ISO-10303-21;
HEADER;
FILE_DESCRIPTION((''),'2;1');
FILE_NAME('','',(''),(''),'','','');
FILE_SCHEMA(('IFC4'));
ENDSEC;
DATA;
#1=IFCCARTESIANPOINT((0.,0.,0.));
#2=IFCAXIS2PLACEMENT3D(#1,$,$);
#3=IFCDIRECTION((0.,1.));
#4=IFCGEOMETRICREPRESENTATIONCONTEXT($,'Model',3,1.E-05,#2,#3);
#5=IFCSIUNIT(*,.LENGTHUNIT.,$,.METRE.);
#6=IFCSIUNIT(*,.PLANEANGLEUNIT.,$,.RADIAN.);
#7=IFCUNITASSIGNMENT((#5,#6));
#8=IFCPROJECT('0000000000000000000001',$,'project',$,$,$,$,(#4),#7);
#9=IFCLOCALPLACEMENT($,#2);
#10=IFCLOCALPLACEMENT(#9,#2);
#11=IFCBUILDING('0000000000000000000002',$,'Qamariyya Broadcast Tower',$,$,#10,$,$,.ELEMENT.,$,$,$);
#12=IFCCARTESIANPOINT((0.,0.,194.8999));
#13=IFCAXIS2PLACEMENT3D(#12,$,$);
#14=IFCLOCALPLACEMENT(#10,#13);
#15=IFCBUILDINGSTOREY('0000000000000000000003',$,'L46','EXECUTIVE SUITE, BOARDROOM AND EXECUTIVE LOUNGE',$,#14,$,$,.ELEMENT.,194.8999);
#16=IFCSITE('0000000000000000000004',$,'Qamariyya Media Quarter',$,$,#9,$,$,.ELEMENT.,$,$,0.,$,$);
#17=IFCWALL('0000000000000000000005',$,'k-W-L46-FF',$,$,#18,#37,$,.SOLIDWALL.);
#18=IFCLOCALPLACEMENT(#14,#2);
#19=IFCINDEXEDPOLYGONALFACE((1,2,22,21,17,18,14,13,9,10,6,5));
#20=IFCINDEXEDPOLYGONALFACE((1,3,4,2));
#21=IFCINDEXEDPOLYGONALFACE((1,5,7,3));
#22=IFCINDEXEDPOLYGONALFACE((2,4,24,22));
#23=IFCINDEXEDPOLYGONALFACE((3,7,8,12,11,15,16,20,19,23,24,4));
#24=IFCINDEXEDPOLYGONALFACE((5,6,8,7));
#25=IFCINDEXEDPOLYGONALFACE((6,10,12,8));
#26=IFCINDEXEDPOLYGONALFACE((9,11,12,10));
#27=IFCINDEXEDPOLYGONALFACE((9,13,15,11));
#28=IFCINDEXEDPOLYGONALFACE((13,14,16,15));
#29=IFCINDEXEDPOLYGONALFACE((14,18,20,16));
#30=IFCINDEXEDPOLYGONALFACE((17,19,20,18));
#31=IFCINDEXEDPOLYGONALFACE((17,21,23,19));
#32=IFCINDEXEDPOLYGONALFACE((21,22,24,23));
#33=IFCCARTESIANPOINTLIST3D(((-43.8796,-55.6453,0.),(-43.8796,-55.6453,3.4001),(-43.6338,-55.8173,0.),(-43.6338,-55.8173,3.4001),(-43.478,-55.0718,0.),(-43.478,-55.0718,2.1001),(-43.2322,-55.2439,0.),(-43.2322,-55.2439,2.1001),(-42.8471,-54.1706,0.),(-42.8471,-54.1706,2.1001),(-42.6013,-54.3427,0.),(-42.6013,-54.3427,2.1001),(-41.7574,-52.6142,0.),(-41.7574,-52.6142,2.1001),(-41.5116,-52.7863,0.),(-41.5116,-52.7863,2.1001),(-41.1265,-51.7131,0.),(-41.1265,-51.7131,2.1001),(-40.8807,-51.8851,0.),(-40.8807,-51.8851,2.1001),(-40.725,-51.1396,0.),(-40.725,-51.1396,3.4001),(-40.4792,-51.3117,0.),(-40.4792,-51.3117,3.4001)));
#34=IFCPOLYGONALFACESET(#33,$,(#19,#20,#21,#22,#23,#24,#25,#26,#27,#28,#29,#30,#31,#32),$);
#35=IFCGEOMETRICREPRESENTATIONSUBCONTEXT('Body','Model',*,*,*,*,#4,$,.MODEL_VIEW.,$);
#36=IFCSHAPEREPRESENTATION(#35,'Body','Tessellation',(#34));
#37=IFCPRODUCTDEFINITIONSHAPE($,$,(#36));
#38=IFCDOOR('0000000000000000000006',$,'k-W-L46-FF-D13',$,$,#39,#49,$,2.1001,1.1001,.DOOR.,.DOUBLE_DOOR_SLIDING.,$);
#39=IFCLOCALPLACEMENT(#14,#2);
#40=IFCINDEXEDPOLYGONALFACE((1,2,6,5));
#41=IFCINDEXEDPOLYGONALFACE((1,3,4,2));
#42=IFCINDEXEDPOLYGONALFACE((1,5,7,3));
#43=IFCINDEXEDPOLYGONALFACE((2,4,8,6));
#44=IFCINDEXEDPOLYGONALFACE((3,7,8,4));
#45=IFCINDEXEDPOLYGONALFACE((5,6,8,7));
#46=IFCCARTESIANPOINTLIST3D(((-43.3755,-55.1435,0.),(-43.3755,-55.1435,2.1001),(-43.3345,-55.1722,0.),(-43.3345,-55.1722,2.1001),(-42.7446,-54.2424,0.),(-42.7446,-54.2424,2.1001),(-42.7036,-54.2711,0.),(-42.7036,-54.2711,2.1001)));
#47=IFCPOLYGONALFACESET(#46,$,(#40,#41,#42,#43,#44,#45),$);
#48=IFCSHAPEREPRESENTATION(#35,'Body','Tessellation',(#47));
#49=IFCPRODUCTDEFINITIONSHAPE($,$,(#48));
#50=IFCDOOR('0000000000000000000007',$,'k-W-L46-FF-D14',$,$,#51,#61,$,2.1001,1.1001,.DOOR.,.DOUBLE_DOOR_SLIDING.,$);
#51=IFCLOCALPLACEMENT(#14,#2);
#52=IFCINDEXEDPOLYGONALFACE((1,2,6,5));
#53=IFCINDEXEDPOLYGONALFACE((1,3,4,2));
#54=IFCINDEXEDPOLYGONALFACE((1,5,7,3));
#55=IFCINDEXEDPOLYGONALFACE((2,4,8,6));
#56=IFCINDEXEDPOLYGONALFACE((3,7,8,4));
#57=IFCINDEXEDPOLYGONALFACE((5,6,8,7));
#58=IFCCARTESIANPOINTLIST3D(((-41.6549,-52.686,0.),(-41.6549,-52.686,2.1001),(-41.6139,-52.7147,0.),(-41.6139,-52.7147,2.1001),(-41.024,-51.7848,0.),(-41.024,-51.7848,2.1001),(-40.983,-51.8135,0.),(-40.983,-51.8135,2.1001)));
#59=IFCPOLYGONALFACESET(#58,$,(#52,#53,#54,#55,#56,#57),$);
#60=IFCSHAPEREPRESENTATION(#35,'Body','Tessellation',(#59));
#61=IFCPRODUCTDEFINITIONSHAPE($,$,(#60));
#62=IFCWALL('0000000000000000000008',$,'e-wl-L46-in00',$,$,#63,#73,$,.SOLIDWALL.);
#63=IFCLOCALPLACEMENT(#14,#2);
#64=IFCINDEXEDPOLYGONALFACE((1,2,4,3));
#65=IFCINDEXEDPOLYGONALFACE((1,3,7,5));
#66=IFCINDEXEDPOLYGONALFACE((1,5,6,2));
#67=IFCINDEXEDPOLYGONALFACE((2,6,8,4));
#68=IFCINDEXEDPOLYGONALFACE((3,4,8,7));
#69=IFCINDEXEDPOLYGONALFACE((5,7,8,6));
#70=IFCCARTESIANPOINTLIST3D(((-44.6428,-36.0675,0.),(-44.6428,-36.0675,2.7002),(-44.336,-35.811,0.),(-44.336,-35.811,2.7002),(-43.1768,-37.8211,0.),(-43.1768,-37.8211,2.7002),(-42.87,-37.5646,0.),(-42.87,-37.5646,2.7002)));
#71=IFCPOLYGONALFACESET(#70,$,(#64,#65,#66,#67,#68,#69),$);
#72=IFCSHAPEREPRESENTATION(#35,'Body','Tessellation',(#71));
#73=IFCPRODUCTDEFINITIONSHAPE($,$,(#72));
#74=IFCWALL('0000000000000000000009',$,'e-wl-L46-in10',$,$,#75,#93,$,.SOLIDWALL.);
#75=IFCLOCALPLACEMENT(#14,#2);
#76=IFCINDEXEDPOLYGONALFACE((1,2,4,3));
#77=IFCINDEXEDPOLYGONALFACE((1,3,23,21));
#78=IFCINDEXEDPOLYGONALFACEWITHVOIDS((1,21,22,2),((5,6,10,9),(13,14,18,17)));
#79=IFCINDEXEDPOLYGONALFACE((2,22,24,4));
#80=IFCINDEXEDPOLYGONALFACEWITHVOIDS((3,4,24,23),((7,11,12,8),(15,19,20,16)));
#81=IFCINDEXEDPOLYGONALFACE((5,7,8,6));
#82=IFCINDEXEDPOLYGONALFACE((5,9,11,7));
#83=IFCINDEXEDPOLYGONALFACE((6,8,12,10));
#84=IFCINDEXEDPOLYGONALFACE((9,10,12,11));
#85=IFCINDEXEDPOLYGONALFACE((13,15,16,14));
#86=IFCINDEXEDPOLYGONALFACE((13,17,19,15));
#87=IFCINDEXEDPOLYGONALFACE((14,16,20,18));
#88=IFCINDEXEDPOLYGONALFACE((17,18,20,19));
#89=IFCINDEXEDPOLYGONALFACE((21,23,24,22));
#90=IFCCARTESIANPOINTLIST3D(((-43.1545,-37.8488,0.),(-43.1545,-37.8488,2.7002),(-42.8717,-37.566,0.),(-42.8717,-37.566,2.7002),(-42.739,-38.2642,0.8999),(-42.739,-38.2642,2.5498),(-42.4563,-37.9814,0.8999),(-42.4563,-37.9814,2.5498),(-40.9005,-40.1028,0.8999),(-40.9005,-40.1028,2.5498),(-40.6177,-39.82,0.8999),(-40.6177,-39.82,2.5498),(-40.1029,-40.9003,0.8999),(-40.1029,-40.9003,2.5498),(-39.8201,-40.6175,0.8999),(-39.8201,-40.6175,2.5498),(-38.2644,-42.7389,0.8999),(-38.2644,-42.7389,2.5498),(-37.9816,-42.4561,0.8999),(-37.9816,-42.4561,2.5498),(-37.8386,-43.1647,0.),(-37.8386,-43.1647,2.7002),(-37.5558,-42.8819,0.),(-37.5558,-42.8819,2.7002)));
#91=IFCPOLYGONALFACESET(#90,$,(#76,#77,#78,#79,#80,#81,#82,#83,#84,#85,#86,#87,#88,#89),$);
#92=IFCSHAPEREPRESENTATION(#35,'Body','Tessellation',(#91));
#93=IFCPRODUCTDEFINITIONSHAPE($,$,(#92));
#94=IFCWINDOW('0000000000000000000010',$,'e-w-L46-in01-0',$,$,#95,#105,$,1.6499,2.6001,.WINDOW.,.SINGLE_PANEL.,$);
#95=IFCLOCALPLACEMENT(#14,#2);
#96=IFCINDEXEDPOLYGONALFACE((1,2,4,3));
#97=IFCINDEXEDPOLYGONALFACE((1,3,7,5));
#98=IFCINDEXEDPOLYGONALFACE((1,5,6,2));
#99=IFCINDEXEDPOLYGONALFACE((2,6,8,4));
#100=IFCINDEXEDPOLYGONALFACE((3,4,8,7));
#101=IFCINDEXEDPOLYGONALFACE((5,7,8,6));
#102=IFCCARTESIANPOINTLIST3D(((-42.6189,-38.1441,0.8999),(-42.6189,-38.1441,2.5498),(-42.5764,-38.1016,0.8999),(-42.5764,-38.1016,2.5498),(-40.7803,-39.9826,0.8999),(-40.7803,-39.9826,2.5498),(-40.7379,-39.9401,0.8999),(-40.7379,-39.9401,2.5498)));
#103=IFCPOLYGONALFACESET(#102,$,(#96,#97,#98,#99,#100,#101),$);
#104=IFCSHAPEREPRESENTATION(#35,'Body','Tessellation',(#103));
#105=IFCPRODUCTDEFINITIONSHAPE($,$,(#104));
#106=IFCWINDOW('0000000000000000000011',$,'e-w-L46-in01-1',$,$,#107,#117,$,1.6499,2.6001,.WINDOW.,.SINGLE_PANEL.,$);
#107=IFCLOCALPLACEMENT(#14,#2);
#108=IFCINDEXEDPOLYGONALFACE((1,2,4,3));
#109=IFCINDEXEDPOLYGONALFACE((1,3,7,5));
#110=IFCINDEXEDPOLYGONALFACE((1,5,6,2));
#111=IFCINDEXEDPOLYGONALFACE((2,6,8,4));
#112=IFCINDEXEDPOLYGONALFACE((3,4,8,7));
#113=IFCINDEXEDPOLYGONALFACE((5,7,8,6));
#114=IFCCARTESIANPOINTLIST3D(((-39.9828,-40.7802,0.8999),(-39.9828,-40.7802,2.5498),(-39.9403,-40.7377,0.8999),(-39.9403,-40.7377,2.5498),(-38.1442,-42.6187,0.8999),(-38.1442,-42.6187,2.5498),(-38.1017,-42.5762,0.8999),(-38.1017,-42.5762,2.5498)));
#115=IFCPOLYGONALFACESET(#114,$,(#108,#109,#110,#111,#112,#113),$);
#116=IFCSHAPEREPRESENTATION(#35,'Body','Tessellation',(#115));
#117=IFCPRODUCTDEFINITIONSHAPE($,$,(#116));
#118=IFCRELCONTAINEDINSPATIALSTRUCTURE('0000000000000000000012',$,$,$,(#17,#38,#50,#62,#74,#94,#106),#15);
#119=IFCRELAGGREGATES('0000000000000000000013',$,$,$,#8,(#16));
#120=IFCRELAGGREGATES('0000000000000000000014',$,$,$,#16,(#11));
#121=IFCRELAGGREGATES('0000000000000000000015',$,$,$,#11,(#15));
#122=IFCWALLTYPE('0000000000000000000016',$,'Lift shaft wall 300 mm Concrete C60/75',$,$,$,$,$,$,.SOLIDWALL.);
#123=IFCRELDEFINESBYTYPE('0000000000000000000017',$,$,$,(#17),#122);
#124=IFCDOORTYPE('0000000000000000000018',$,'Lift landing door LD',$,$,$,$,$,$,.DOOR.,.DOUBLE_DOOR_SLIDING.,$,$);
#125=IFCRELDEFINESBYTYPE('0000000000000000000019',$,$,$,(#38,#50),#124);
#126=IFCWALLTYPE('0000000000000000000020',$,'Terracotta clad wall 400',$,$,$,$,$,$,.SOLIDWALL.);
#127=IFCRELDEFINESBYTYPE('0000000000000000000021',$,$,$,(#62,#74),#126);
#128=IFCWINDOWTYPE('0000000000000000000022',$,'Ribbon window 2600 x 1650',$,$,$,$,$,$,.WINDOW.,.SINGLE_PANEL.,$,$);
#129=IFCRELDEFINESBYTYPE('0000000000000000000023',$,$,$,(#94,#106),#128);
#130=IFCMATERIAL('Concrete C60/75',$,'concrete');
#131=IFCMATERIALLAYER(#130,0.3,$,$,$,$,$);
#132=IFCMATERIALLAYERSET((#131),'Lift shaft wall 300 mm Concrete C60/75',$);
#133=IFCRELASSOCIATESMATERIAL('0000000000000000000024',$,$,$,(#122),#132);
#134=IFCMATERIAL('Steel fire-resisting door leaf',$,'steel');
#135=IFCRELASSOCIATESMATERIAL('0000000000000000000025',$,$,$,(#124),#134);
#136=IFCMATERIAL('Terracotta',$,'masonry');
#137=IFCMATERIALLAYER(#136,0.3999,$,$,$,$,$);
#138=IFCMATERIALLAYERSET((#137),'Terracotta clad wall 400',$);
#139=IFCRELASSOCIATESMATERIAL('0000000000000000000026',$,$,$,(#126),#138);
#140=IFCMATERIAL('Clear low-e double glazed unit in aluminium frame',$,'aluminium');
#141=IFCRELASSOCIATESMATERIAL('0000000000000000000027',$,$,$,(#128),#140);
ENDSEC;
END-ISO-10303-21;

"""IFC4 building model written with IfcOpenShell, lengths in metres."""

from ifc_helpers import new_model, si_unit, direction, frame, frame_2d, origin, place, context, subcontext, project, spatial, rectangle, extrude, material, layer, layer_set, type_object, element, fill, save


model = new_model("IFC4")

# Units and contexts
model_context = context("Model", 3, precision=1e-05, world=origin(), true_north=direction((0.0, 1.0)))
body_context = subcontext(model_context, "Body", "Model", "MODEL_VIEW")
ifc_project = project(units=[si_unit("LENGTHUNIT", "METRE"), si_unit("PLANEANGLEUNIT", "RADIAN")], contexts=[model_context])

# Site, building, storey
site_placement = place(None, origin())
site = spatial("IfcSite", under=ifc_project, at=site_placement, Name="Qamariyya Media Quarter", CompositionType="ELEMENT", RefElevation=0.0)
building_placement = place(site_placement, origin())
building = spatial("IfcBuilding", under=site, at=building_placement, Name="Qamariyya Broadcast Tower", CompositionType="ELEMENT")
storey_placement = place(building_placement, frame((0.0, 0.0, 194.8999)))
storey = spatial("IfcBuildingStorey", under=building, at=storey_placement, Name="L46", Description="EXECUTIVE SUITE, BOARDROOM AND EXECUTIVE LOUNGE", CompositionType="ELEMENT", Elevation=194.8999)

# Shared definitions
ifc_material_1 = material(Name="Concrete C60/75", Category="concrete")

# Shared definitions
ifc_layer_1 = layer(ifc_material_1, 0.3)
ifc_layer_set_1 = layer_set([ifc_layer_1], Name="Lift shaft wall 300 mm Concrete C60/75")
wall_type_1 = type_object("IfcWallType", Name="Lift shaft wall 300 mm Concrete C60/75", PredefinedType="SOLIDWALL", material=ifc_layer_set_1)
ifc_material_2 = material(Name="Steel fire-resisting door leaf", Category="steel")

# Wall, openings, doors
wall_1_placement = place(storey_placement, frame((-43.7566, -55.7312, 0.0), z_axis=(0.0, 0.0, 1.0), x_axis=(0.573537, 0.81918, 0.0)))
wall_1 = element("IfcWall", 1, at=wall_1_placement, inside=storey, type_object=wall_type_1, Name="k-W-L46-FF", PredefinedType="SOLIDWALL", context=body_context, shape_type="SweptSolid", body=[
    extrude(rectangle(XDim=5.5002, YDim=0.3, at=frame_2d((2.75, 0.0))), origin(), (0.0, 0.0, 1.0), 3.4001),
])
opening_1_placement = place(wall_1_placement, frame((0.7, 0.0, 0.0)))
opening_1 = element("IfcOpeningElement", 2, at=opening_1_placement, cuts=wall_1, PredefinedType="OPENING", context=body_context, shape_type="SweptSolid", body=[
    extrude(rectangle(XDim=1.1001, YDim=2.1001, at=frame_2d((0.55, 1.05))), frame((0.0, 0.1599, 0.0), z_axis=(0.0, -1.0, 0.0), x_axis=(1.0, 0.0, 0.0)), (0.0, 0.0, 1.0), 0.3201),
])
opening_2_placement = place(wall_1_placement, frame((3.7, 0.0, 0.0)))
opening_2 = element("IfcOpeningElement", 3, at=opening_2_placement, cuts=wall_1, PredefinedType="OPENING", context=body_context, shape_type="SweptSolid", body=[
    extrude(rectangle(XDim=1.1001, YDim=2.1001, at=frame_2d((0.55, 1.05))), frame((0.0, 0.1599, 0.0), z_axis=(0.0, -1.0, 0.0), x_axis=(1.0, 0.0, 0.0)), (0.0, 0.0, 1.0), 0.3201),
])
door_type_1 = type_object("IfcDoorType", Name="Lift landing door LD", OperationType="DOUBLE_DOOR_SLIDING", PredefinedType="DOOR", material=ifc_material_2)
door_1_placement = place(opening_1_placement, origin())
door_1 = element("IfcDoor", 4, at=door_1_placement, inside=storey, type_object=door_type_1, Name="k-W-L46-FF-D13", OperationType="DOUBLE_DOOR_SLIDING", OverallHeight=2.1001, OverallWidth=1.1001, PredefinedType="DOOR", context=body_context, shape_type="SweptSolid", body=[
    extrude(rectangle(XDim=1.1001, YDim=2.1001, at=frame_2d((0.55, 1.05))), frame((0.0, 0.0249, 0.0), z_axis=(0.0, -1.0, 0.0), x_axis=(1.0, 0.0, 0.0)), (0.0, 0.0, 1.0), 0.05),
])
fill(opening_1, door_1)
door_2_placement = place(opening_2_placement, origin())
door_2 = element("IfcDoor", 5, at=door_2_placement, inside=storey, type_object=door_type_1, Name="k-W-L46-FF-D14", OperationType="DOUBLE_DOOR_SLIDING", OverallHeight=2.1001, OverallWidth=1.1001, PredefinedType="DOOR", context=body_context, shape_type="SweptSolid", body=[
    extrude(rectangle(XDim=1.1001, YDim=2.1001, at=frame_2d((0.55, 1.05))), frame((0.0, 0.0249, 0.0), z_axis=(0.0, -1.0, 0.0), x_axis=(1.0, 0.0, 0.0)), (0.0, 0.0, 1.0), 0.05),
])
fill(opening_2, door_2)

# Wall
ifc_material_3 = material(Name="Terracotta", Category="masonry")
ifc_layer_2 = layer(ifc_material_3, 0.3999)
ifc_layer_set_2 = layer_set([ifc_layer_2], Name="Terracotta clad wall 400")
wall_type_2 = type_object("IfcWallType", Name="Terracotta clad wall 400", PredefinedType="SOLIDWALL", material=ifc_layer_set_2)
wall_2_placement = place(storey_placement, frame((-43.0234, -37.6929, 0.0), z_axis=(0.0, 0.0, 1.0), x_axis=(-0.641392, 0.767214, 0.0)))
element("IfcWall", 6, at=wall_2_placement, inside=storey, type_object=wall_type_2, Name="e-wl-L46-in00", PredefinedType="SOLIDWALL", context=body_context, shape_type="SweptSolid", body=[
    extrude(rectangle(XDim=2.2856, YDim=0.3999, at=frame_2d((1.1428, 0.0))), origin(), (0.0, 0.0, 1.0), 2.7002),
])

# Wall, openings, windows
wall_3_placement = place(storey_placement, frame((-37.6973, -43.0232, 0.0), z_axis=(0.0, 0.0, 1.0), x_axis=(-0.707107, 0.707107, 0.0)))
wall_3 = element("IfcWall", 7, at=wall_3_placement, inside=storey, type_object=wall_type_2, Name="e-wl-L46-in10", PredefinedType="SOLIDWALL", context=body_context, shape_type="SweptSolid", body=[
    extrude(rectangle(XDim=7.5178, YDim=0.3999, at=frame_2d((3.7588, 0.0))), origin(), (0.0, 0.0, 1.0), 2.7002),
])
opening_3_placement = place(wall_3_placement, frame((4.3301, 0.0, 0.8999)))
opening_3 = element("IfcOpeningElement", 8, at=opening_3_placement, cuts=wall_3, PredefinedType="OPENING", context=body_context, shape_type="SweptSolid", body=[
    extrude(rectangle(XDim=2.6001, YDim=1.6499, at=frame_2d((1.3, 0.825))), frame((0.0, 0.21, 0.0), z_axis=(0.0, -1.0, 0.0), x_axis=(1.0, 0.0, 0.0)), (0.0, 0.0, 1.0), 0.4199),
])
opening_4_placement = place(wall_3_placement, frame((0.6021, 0.0, 0.8999)))
opening_4 = element("IfcOpeningElement", 9, at=opening_4_placement, cuts=wall_3, PredefinedType="OPENING", context=body_context, shape_type="SweptSolid", body=[
    extrude(rectangle(XDim=2.6001, YDim=1.6499, at=frame_2d((1.3, 0.825))), frame((0.0, 0.21, 0.0), z_axis=(0.0, -1.0, 0.0), x_axis=(1.0, 0.0, 0.0)), (0.0, 0.0, 1.0), 0.4199),
])
ifc_material_4 = material(Name="Clear low-e double glazed unit in aluminium frame", Category="aluminium")
window_type = type_object("IfcWindowType", Name="Ribbon window 2600 x 1650", PartitioningType="SINGLE_PANEL", PredefinedType="WINDOW", material=ifc_material_4)
window_1_placement = place(opening_3_placement, origin())
window_1 = element("IfcWindow", 10, at=window_1_placement, inside=storey, type_object=window_type, Name="e-w-L46-in01-0", OverallHeight=1.6499, OverallWidth=2.6001, PartitioningType="SINGLE_PANEL", PredefinedType="WINDOW", context=body_context, shape_type="SweptSolid", body=[
    extrude(rectangle(XDim=2.6001, YDim=1.6499, at=frame_2d((1.3, 0.825))), frame((0.0, 0.03, 0.0), z_axis=(0.0, -1.0, 0.0), x_axis=(1.0, 0.0, 0.0)), (0.0, 0.0, 1.0), 0.0601),
])
fill(opening_3, window_1)
window_2_placement = place(opening_4_placement, origin())
window_2 = element("IfcWindow", 11, at=window_2_placement, inside=storey, type_object=window_type, Name="e-w-L46-in01-1", OverallHeight=1.6499, OverallWidth=2.6001, PartitioningType="SINGLE_PANEL", PredefinedType="WINDOW", context=body_context, shape_type="SweptSolid", body=[
    extrude(rectangle(XDim=2.6001, YDim=1.6499, at=frame_2d((1.3, 0.825))), frame((0.0, 0.03, 0.0), z_axis=(0.0, -1.0, 0.0), x_axis=(1.0, 0.0, 0.0)), (0.0, 0.0, 1.0), 0.0601),
])
fill(opening_4, window_2)

save(model, "model.ifc")
